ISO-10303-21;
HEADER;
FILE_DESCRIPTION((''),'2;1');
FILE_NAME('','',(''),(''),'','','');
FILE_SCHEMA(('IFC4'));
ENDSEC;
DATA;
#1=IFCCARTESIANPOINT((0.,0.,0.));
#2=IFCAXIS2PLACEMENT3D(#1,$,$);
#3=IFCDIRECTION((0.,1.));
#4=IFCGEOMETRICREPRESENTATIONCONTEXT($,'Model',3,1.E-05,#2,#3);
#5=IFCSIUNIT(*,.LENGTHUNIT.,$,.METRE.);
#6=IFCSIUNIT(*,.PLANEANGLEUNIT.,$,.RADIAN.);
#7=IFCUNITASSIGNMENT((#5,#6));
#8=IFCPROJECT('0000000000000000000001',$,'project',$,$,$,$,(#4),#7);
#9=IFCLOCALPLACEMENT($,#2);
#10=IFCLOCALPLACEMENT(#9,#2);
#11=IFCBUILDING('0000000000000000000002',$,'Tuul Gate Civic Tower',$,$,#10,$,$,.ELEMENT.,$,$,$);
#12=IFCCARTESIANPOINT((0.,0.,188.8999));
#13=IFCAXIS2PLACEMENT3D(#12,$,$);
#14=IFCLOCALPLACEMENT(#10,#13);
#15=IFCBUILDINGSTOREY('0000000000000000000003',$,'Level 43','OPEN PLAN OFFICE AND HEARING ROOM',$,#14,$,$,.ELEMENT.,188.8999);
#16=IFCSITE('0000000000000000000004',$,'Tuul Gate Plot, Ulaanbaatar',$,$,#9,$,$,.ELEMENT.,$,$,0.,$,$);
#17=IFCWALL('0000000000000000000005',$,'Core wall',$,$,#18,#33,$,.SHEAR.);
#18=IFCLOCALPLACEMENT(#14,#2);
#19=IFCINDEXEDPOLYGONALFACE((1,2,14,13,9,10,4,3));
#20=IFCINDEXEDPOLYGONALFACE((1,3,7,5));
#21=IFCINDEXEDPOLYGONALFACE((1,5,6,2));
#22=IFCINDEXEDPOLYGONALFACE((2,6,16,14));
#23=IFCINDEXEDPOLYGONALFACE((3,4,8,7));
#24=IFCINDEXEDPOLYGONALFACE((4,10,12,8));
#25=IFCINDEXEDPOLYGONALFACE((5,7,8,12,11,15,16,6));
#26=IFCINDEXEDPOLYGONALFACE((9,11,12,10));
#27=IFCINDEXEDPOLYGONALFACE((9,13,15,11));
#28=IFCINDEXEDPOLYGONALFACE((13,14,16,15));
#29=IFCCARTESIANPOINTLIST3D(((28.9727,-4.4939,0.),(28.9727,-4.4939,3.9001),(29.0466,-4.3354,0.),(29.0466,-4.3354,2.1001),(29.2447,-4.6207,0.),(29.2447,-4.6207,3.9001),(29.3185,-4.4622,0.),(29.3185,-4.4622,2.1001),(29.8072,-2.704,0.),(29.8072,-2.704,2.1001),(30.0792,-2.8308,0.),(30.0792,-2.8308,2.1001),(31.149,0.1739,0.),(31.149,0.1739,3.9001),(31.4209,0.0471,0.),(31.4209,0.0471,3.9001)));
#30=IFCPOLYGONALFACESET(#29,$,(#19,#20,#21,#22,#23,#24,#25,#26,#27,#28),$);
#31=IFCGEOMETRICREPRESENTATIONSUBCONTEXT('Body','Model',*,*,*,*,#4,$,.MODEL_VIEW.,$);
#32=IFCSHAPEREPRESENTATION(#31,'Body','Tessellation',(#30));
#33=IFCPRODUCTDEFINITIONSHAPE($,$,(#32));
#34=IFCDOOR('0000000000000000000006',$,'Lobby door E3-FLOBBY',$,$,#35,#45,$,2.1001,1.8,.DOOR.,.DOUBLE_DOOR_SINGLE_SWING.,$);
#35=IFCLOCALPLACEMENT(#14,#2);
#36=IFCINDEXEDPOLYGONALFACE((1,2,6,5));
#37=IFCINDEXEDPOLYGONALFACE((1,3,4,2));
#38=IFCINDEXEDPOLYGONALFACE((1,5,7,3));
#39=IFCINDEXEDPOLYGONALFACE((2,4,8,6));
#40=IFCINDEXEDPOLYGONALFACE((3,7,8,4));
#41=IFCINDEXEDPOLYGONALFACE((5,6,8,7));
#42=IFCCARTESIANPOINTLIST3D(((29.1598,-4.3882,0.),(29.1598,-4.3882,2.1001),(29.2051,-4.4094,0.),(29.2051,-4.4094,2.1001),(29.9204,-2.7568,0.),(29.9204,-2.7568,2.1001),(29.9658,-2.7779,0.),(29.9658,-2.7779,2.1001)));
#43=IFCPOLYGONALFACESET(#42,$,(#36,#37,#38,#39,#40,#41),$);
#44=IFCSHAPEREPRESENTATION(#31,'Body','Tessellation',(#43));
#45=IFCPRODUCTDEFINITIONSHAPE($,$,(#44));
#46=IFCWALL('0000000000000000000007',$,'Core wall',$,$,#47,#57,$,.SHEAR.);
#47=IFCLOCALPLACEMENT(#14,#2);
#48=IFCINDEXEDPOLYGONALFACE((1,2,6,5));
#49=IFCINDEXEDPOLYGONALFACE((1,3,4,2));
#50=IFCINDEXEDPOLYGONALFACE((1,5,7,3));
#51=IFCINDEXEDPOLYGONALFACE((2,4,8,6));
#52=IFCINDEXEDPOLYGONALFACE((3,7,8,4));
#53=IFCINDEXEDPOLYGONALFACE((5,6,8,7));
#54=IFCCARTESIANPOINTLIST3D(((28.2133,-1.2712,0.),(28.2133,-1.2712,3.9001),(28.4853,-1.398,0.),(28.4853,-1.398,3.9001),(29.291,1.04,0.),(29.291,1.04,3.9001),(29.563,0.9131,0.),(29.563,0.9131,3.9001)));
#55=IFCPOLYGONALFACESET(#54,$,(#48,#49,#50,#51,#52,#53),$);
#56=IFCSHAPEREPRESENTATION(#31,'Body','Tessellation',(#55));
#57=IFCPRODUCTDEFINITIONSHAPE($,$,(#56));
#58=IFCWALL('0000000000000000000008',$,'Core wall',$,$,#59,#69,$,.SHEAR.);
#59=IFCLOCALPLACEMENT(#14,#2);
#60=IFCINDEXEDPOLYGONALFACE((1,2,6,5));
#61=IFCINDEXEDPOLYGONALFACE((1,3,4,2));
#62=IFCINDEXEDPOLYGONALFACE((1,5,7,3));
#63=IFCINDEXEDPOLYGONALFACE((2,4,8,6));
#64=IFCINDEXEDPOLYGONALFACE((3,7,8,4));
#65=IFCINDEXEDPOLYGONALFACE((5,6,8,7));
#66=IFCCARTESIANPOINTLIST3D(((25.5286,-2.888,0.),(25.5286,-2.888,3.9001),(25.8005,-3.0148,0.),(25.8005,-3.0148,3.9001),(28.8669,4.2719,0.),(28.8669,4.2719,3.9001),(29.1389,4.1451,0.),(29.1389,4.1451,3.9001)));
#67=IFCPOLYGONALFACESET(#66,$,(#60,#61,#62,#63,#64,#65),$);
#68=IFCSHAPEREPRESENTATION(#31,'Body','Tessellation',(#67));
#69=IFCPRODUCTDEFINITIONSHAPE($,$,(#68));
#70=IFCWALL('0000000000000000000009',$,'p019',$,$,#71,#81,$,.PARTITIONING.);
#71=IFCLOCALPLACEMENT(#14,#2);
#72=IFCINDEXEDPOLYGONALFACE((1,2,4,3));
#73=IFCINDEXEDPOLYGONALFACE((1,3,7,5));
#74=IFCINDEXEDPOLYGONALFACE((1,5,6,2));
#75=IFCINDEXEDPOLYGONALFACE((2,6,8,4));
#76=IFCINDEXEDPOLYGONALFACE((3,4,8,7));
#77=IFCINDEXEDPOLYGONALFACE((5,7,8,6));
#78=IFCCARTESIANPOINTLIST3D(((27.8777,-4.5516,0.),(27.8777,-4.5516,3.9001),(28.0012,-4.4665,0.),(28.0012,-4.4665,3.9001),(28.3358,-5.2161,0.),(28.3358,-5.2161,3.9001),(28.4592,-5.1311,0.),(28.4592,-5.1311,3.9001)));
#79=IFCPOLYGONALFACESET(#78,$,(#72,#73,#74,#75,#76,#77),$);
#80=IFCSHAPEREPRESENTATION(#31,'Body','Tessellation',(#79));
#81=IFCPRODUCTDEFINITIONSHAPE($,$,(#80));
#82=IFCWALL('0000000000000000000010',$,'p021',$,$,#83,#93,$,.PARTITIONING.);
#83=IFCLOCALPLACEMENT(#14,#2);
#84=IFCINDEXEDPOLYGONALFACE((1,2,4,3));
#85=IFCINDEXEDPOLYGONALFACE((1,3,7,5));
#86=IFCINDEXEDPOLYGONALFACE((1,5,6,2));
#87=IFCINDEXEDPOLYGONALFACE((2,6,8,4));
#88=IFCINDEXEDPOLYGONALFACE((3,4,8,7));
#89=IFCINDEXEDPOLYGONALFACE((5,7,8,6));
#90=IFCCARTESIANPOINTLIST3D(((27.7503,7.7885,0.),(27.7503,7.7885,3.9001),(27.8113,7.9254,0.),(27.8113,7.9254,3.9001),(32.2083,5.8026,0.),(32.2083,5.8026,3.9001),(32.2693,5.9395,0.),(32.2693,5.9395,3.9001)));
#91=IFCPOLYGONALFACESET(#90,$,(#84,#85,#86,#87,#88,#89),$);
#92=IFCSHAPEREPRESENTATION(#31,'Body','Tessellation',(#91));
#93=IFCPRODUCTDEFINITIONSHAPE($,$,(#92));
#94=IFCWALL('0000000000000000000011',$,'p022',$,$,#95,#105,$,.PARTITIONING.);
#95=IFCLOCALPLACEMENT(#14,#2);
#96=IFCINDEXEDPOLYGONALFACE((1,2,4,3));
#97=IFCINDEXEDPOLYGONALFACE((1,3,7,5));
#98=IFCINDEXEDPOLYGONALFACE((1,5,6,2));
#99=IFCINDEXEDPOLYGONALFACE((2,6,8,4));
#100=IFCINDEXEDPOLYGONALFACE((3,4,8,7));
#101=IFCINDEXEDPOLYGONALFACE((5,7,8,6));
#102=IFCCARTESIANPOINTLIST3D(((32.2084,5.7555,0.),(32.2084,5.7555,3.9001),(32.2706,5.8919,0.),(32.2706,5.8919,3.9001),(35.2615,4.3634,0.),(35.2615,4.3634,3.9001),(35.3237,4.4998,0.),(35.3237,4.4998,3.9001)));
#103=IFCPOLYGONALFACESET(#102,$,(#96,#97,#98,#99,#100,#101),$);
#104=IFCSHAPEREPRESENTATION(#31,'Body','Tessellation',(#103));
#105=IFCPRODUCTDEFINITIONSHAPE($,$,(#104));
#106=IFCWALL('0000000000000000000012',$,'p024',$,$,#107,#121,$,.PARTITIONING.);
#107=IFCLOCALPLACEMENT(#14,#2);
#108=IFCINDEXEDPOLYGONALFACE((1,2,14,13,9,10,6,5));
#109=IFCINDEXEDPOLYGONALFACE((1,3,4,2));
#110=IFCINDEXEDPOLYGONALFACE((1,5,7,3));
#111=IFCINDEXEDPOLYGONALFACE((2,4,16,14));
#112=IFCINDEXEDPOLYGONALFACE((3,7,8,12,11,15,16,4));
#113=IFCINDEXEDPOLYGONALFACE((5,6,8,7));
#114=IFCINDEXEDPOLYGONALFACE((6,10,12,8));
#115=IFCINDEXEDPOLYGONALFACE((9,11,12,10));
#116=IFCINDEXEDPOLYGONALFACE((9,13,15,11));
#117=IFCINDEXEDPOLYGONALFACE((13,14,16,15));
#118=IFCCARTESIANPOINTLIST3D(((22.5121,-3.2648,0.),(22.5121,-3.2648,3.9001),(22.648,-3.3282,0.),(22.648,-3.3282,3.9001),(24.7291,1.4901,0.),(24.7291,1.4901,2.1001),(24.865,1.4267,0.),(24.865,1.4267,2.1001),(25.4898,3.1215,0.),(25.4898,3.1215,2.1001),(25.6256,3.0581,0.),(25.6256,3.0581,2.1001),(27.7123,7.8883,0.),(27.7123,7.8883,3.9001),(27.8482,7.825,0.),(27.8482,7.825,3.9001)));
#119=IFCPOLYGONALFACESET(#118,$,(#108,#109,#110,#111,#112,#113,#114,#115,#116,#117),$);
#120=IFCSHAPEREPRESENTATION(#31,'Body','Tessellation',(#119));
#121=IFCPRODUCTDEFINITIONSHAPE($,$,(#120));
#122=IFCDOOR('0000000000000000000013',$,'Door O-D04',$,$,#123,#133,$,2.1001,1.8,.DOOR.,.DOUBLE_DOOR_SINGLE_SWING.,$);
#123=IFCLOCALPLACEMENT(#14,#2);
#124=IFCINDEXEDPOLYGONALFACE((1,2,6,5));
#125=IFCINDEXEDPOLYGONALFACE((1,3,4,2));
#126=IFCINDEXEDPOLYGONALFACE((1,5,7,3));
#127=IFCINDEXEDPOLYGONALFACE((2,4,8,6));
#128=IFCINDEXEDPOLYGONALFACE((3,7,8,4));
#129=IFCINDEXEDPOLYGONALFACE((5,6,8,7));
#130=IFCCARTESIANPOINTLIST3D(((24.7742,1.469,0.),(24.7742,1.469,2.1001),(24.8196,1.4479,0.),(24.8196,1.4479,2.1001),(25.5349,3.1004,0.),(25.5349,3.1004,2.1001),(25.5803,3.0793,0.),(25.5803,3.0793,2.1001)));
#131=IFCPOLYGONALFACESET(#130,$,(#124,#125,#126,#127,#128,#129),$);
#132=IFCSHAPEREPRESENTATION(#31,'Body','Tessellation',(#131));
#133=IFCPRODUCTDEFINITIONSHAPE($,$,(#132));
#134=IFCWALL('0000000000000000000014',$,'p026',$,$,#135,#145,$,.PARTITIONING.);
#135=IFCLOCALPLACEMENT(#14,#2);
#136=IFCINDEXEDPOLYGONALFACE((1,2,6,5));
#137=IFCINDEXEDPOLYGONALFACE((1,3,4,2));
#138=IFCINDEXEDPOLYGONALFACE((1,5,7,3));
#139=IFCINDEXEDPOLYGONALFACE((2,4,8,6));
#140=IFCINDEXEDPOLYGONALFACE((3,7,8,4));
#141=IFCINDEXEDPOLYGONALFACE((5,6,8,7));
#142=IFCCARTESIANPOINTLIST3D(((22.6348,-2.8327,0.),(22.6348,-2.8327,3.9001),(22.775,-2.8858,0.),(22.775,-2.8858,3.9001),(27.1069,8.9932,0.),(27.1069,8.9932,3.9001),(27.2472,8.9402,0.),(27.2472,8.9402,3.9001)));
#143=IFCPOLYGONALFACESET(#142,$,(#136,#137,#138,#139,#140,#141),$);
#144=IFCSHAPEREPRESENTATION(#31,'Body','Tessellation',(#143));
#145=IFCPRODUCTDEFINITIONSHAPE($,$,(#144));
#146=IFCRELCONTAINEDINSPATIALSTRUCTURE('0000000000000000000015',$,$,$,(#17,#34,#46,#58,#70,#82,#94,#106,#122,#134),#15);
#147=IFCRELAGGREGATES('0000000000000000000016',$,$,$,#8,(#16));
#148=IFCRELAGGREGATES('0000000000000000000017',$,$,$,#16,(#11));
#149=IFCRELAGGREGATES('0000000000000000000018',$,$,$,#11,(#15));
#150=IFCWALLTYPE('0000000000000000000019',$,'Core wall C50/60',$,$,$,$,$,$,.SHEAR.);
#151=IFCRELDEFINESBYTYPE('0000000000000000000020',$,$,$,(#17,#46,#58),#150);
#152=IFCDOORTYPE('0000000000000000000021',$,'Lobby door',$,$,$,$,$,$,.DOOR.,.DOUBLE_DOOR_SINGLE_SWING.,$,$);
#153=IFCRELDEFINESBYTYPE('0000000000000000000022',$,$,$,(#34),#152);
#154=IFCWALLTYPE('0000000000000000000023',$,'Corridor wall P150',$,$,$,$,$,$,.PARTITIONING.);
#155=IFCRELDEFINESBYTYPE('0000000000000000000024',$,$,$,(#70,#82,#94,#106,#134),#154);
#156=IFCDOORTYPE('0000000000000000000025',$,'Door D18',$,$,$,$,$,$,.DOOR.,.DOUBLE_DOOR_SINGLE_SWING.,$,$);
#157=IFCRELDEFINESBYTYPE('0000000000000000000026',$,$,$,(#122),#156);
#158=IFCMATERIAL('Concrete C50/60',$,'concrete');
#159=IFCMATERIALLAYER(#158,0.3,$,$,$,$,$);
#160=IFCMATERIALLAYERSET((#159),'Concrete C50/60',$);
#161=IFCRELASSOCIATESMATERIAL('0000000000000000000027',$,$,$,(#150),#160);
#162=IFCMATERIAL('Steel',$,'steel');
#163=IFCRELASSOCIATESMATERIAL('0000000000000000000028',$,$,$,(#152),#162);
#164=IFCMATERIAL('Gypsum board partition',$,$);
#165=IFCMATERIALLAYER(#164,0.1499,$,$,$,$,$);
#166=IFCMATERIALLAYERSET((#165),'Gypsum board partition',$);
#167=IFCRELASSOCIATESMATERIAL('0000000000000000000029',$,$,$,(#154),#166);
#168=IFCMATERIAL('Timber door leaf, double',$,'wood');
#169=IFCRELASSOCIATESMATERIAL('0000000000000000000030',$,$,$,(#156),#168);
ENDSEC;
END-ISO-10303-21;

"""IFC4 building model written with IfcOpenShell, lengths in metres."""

from ifc_helpers import new_model, si_unit, direction, frame, frame_2d, origin, place, context, subcontext, project, spatial, rectangle, extrude, material, layer, layer_set, type_object, element, fill, save


model = new_model("IFC4")

# Units and contexts
model_context = context("Model", 3, precision=1e-05, world=origin(), true_north=direction((0.0, 1.0)))
body_context = subcontext(model_context, "Body", "Model", "MODEL_VIEW")
ifc_project = project(units=[si_unit("LENGTHUNIT", "METRE"), si_unit("PLANEANGLEUNIT", "RADIAN")], contexts=[model_context])

# Site, building, storey
site_placement = place(None, origin())
site = spatial("IfcSite", under=ifc_project, at=site_placement, Name="Tuul Gate Plot, Ulaanbaatar", CompositionType="ELEMENT", RefElevation=0.0)
building_placement = place(site_placement, origin())
building = spatial("IfcBuilding", under=site, at=building_placement, Name="Tuul Gate Civic Tower", CompositionType="ELEMENT")
storey_placement = place(building_placement, frame((0.0, 0.0, 188.8999)))
storey = spatial("IfcBuildingStorey", under=building, at=storey_placement, Name="Level 43", Description="OPEN PLAN OFFICE AND HEARING ROOM", CompositionType="ELEMENT", Elevation=188.8999)

# Shared definitions
ifc_material_1 = material(Name="Concrete C50/60", Category="concrete")
ifc_layer_1 = layer(ifc_material_1, 0.3)
ifc_layer_set_1 = layer_set([ifc_layer_1], Name="Concrete C50/60")
wall_type_1 = type_object("IfcWallType", Name="Core wall C50/60", PredefinedType="SHEAR", material=ifc_layer_set_1)

# Wall, opening, door
wall_1_placement = place(storey_placement, frame((29.1086, -4.5574, 0.0), z_axis=(0.0, 0.0, 1.0), x_axis=(0.422566, 0.906332, 0.0)))
wall_1 = element("IfcWall", 1, at=wall_1_placement, inside=storey, type_object=wall_type_1, Name="Core wall", PredefinedType="SHEAR", context=body_context, shape_type="SweptSolid", body=[
    extrude(rectangle(XDim=5.1501, YDim=0.3, at=frame_2d((2.5752, 0.0))), origin(), (0.0, 0.0, 1.0), 3.9001),
])
opening_1_placement = place(wall_1_placement, frame((0.175, 0.0, 0.0)))
opening_1 = element("IfcOpeningElement", 2, at=opening_1_placement, cuts=wall_1, PredefinedType="OPENING", context=body_context, shape_type="SweptSolid", body=[
    extrude(rectangle(XDim=1.8, YDim=2.1001, at=frame_2d((0.8999, 1.05))), frame((0.0, 0.1602, 0.0), z_axis=(0.0, -1.0, 0.0), x_axis=(1.0, 0.0, 0.0)), (0.0, 0.0, 1.0), 0.3201),
])
ifc_material_2 = material(Name="Steel", Category="steel")
door_type_1 = type_object("IfcDoorType", Name="Lobby door", OperationType="DOUBLE_DOOR_SINGLE_SWING", PredefinedType="DOOR", material=ifc_material_2)
door_1_placement = place(opening_1_placement, frame((1.8, 0.0, 0.0), z_axis=(0.0, 0.0, 1.0), x_axis=(-1.0, 0.0, 0.0)))
door_1 = element("IfcDoor", 3, at=door_1_placement, inside=storey, type_object=door_type_1, Name="Lobby door E3-FLOBBY", OperationType="DOUBLE_DOOR_SINGLE_SWING", OverallHeight=2.1001, OverallWidth=1.8, PredefinedType="DOOR", context=body_context, shape_type="SweptSolid", body=[
    extrude(rectangle(XDim=1.8, YDim=2.1001, at=frame_2d((0.9001, 1.05))), frame((0.0, 0.0249, 0.0), z_axis=(0.0, -1.0, 0.0), x_axis=(1.0, 0.0, 0.0)), (0.0, 0.0, 1.0), 0.05),
])
fill(opening_1, door_1)

# Walls
wall_2_placement = place(storey_placement, frame((28.3494, -1.3345, 0.0), z_axis=(0.0, 0.0, 1.0), x_axis=(0.422613, 0.90631, 0.0)))
element("IfcWall", 4, at=wall_2_placement, inside=storey, type_object=wall_type_1, Name="Core wall", PredefinedType="SHEAR", context=body_context, shape_type="SweptSolid", body=[
    extrude(rectangle(XDim=2.55, YDim=0.3, at=frame_2d((1.2749, 0.0))), origin(), (0.0, 0.0, 1.0), 3.9001),
])
wall_3_placement = place(storey_placement, frame((25.6646, -2.9514, 0.0), z_axis=(0.0, 0.0, 1.0), x_axis=(0.422583, 0.906324, 0.0)))
element("IfcWall", 5, at=wall_3_placement, inside=storey, type_object=wall_type_1, Name="Core wall", PredefinedType="SHEAR", context=body_context, shape_type="SweptSolid", body=[
    extrude(rectangle(XDim=7.8999, YDim=0.3, at=frame_2d((3.95, 0.0))), origin(), (0.0, 0.0, 1.0), 3.9001),
])
ifc_material_3 = material(Name="Gypsum board partition")
ifc_layer_2 = layer(ifc_material_3, 0.1499)
ifc_layer_set_2 = layer_set([ifc_layer_2], Name="Gypsum board partition")
wall_type_2 = type_object("IfcWallType", Name="Corridor wall P150", PredefinedType="PARTITIONING", material=ifc_layer_set_2)
wall_4_placement = place(storey_placement, frame((27.9395, -4.509, 0.0), z_axis=(0.0, 0.0, 1.0), x_axis=(0.567478, -0.823388, 0.0)))
element("IfcWall", 6, at=wall_4_placement, inside=storey, type_object=wall_type_2, Name="p019", PredefinedType="PARTITIONING", context=body_context, shape_type="SweptSolid", body=[
    extrude(rectangle(XDim=0.8071, YDim=0.1499, at=frame_2d((0.4036, 0.0))), origin(), (0.0, 0.0, 1.0), 3.9001),
])
wall_5_placement = place(storey_placement, frame((27.7808, 7.8569, 0.0), z_axis=(0.0, 0.0, 1.0), x_axis=(0.913469, -0.406909, 0.0)))
element("IfcWall", 7, at=wall_5_placement, inside=storey, type_object=wall_type_2, Name="p021", PredefinedType="PARTITIONING", context=body_context, shape_type="SweptSolid", body=[
    extrude(rectangle(XDim=4.8804, YDim=0.1499, at=frame_2d((2.4402, 0.0))), origin(), (0.0, 0.0, 1.0), 3.9001),
])
wall_6_placement = place(storey_placement, frame((32.2395, 5.8237, 0.0), z_axis=(0.0, 0.0, 1.0), x_axis=(0.909875, -0.414883, 0.0)))
element("IfcWall", 8, at=wall_6_placement, inside=storey, type_object=wall_type_2, Name="p022", PredefinedType="PARTITIONING", context=body_context, shape_type="SweptSolid", body=[
    extrude(rectangle(XDim=3.3555, YDim=0.1499, at=frame_2d((1.6777, 0.0))), origin(), (0.0, 0.0, 1.0), 3.9001),
])

# Wall, opening, door
wall_7_placement = place(storey_placement, frame((22.5801, -3.2964, 0.0), z_axis=(0.0, 0.0, 1.0), x_axis=(0.42258, 0.906326, 0.0)))
wall_7 = element("IfcWall", 9, at=wall_7_placement, inside=storey, type_object=wall_type_2, Name="p024", PredefinedType="PARTITIONING", context=body_context, shape_type="SweptSolid", body=[
    extrude(rectangle(XDim=12.3059, YDim=0.1499, at=frame_2d((6.1528, 0.0))), origin(), (0.0, 0.0, 1.0), 3.9001),
])
opening_2_placement = place(wall_7_placement, frame((5.2463, 0.0, 0.0)))
opening_2 = element("IfcOpeningElement", 10, at=opening_2_placement, cuts=wall_7, PredefinedType="OPENING", context=body_context, shape_type="SweptSolid", body=[
    extrude(rectangle(XDim=1.8, YDim=2.1001, at=frame_2d((0.8999, 1.05))), frame((0.0, 0.085, 0.0), z_axis=(0.0, -1.0, 0.0), x_axis=(1.0, 0.0, 0.0)), (0.0, 0.0, 1.0), 0.1699),
])
ifc_material_4 = material(Name="Timber door leaf, double", Category="wood")
door_type_2 = type_object("IfcDoorType", Name="Door D18", OperationType="DOUBLE_DOOR_SINGLE_SWING", PredefinedType="DOOR", material=ifc_material_4)
door_2_placement = place(opening_2_placement, frame((1.8, 0.0, 0.0), z_axis=(0.0, 0.0, 1.0), x_axis=(-1.0, 0.0, 0.0)))
door_2 = element("IfcDoor", 11, at=door_2_placement, inside=storey, type_object=door_type_2, Name="Door O-D04", OperationType="DOUBLE_DOOR_SINGLE_SWING", OverallHeight=2.1001, OverallWidth=1.8, PredefinedType="DOOR", context=body_context, shape_type="SweptSolid", body=[
    extrude(rectangle(XDim=1.8, YDim=2.1001, at=frame_2d((0.9001, 1.05))), frame((0.0, 0.0249, 0.0), z_axis=(0.0, -1.0, 0.0), x_axis=(1.0, 0.0, 0.0)), (0.0, 0.0, 1.0), 0.05),
])
fill(opening_2, door_2)

# Wall
wall_8_placement = place(storey_placement, frame((22.7048, -2.8594, 0.0), z_axis=(0.0, 0.0, 1.0), x_axis=(0.353719, 0.935352, 0.0)))
element("IfcWall", 12, at=wall_8_placement, inside=storey, type_object=wall_type_2, Name="p026", PredefinedType="PARTITIONING", context=body_context, shape_type="SweptSolid", body=[
    extrude(rectangle(XDim=12.6433, YDim=0.1499, at=frame_2d((6.3218, 0.0))), origin(), (0.0, 0.0, 1.0), 3.9001),
])

save(model, "model.ifc")
